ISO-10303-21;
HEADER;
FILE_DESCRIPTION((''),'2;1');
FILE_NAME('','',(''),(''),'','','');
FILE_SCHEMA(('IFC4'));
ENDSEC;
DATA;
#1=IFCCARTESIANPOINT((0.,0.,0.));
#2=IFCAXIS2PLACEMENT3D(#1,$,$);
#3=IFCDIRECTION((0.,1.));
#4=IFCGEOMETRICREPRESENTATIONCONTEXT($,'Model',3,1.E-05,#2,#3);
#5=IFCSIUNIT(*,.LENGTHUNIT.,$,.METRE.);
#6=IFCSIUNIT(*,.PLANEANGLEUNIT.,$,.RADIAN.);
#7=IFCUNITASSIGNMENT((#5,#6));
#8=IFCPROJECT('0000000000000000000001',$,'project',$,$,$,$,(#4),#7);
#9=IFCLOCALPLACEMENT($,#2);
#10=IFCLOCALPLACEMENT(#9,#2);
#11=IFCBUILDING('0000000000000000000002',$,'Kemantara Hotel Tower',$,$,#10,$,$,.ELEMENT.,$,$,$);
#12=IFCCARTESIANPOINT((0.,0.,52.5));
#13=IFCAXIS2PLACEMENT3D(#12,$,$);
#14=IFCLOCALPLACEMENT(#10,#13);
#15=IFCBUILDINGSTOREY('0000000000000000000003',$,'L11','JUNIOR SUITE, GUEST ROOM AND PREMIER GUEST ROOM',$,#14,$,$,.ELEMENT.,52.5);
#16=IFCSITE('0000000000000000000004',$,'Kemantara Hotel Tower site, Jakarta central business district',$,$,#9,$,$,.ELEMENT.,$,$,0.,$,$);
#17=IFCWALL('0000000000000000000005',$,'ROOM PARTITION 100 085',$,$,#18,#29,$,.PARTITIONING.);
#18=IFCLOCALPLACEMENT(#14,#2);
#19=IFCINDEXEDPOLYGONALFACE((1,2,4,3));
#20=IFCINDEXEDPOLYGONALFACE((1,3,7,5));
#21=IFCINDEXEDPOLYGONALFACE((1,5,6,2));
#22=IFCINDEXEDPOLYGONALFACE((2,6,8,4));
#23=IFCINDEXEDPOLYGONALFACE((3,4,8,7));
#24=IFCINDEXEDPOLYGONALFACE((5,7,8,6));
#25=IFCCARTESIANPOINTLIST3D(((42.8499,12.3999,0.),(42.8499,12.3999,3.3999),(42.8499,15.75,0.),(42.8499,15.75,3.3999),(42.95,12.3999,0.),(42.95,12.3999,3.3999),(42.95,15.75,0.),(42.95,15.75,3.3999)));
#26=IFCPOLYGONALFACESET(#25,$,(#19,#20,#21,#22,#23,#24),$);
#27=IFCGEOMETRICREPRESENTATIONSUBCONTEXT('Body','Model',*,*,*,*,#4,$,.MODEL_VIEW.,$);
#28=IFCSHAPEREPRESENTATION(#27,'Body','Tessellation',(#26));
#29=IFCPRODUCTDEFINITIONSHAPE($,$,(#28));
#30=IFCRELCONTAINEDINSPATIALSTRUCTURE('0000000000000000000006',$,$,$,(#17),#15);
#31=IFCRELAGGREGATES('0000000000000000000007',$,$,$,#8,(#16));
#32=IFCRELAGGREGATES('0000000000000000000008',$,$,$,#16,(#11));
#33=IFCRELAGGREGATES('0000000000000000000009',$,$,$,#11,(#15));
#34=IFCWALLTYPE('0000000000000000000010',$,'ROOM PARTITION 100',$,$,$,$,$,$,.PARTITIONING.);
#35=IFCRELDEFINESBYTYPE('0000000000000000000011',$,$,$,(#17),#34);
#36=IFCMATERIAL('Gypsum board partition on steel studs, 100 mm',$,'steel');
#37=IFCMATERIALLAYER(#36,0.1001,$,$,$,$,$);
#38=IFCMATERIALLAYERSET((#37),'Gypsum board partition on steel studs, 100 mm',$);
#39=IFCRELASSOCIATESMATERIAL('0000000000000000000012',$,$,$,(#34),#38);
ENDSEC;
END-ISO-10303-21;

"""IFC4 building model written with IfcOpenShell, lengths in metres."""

from ifc_helpers import new_model, si_unit, direction, frame, frame_2d, origin, place, context, subcontext, project, spatial, rectangle, extrude, material, layer, layer_set, type_object, element, save


model = new_model("IFC4")

# Units and contexts
model_context = context("Model", 3, precision=1e-05, world=origin(), true_north=direction((0.0, 1.0)))
body_context = subcontext(model_context, "Body", "Model", "MODEL_VIEW")
ifc_project = project(units=[si_unit("LENGTHUNIT", "METRE"), si_unit("PLANEANGLEUNIT", "RADIAN")], contexts=[model_context])

# Site, building, storey
site_placement = place(None, origin())
site = spatial("IfcSite", under=ifc_project, at=site_placement, Name="Kemantara Hotel Tower site, Jakarta central business district", CompositionType="ELEMENT", RefElevation=0.0)
building_placement = place(site_placement, origin())
building = spatial("IfcBuilding", under=site, at=building_placement, Name="Kemantara Hotel Tower", CompositionType="ELEMENT")
storey_placement = place(building_placement, frame((0.0, 0.0, 52.5)))
storey = spatial("IfcBuildingStorey", under=building, at=storey_placement, Name="L11", Description="JUNIOR SUITE, GUEST ROOM AND PREMIER GUEST ROOM", CompositionType="ELEMENT", Elevation=52.5)

# Shared definitions
ifc_material_1 = material(Name="Gypsum board partition on steel studs, 100 mm", Category="steel")
ifc_layer_1 = layer(ifc_material_1, 0.1001)
ifc_layer_set_1 = layer_set([ifc_layer_1], Name="Gypsum board partition on steel studs, 100 mm")
wall_type_1 = type_object("IfcWallType", Name="ROOM PARTITION 100", PredefinedType="PARTITIONING", material=ifc_layer_set_1)

# Wall
wall_1_placement = place(storey_placement, frame((42.8999, 12.3999, 0.0), z_axis=(0.0, 0.0, 1.0), x_axis=(0.0, 1.0, 0.0)))
element("IfcWall", 1, at=wall_1_placement, inside=storey, type_object=wall_type_1, Name="ROOM PARTITION 100 085", PredefinedType="PARTITIONING", context=body_context, shape_type="SweptSolid", body=[
    extrude(rectangle(XDim=3.3501, YDim=0.1001, at=frame_2d((1.675, 0.0))), origin(), (0.0, 0.0, 1.0), 3.3999),
])

save(model, "model.ifc")
